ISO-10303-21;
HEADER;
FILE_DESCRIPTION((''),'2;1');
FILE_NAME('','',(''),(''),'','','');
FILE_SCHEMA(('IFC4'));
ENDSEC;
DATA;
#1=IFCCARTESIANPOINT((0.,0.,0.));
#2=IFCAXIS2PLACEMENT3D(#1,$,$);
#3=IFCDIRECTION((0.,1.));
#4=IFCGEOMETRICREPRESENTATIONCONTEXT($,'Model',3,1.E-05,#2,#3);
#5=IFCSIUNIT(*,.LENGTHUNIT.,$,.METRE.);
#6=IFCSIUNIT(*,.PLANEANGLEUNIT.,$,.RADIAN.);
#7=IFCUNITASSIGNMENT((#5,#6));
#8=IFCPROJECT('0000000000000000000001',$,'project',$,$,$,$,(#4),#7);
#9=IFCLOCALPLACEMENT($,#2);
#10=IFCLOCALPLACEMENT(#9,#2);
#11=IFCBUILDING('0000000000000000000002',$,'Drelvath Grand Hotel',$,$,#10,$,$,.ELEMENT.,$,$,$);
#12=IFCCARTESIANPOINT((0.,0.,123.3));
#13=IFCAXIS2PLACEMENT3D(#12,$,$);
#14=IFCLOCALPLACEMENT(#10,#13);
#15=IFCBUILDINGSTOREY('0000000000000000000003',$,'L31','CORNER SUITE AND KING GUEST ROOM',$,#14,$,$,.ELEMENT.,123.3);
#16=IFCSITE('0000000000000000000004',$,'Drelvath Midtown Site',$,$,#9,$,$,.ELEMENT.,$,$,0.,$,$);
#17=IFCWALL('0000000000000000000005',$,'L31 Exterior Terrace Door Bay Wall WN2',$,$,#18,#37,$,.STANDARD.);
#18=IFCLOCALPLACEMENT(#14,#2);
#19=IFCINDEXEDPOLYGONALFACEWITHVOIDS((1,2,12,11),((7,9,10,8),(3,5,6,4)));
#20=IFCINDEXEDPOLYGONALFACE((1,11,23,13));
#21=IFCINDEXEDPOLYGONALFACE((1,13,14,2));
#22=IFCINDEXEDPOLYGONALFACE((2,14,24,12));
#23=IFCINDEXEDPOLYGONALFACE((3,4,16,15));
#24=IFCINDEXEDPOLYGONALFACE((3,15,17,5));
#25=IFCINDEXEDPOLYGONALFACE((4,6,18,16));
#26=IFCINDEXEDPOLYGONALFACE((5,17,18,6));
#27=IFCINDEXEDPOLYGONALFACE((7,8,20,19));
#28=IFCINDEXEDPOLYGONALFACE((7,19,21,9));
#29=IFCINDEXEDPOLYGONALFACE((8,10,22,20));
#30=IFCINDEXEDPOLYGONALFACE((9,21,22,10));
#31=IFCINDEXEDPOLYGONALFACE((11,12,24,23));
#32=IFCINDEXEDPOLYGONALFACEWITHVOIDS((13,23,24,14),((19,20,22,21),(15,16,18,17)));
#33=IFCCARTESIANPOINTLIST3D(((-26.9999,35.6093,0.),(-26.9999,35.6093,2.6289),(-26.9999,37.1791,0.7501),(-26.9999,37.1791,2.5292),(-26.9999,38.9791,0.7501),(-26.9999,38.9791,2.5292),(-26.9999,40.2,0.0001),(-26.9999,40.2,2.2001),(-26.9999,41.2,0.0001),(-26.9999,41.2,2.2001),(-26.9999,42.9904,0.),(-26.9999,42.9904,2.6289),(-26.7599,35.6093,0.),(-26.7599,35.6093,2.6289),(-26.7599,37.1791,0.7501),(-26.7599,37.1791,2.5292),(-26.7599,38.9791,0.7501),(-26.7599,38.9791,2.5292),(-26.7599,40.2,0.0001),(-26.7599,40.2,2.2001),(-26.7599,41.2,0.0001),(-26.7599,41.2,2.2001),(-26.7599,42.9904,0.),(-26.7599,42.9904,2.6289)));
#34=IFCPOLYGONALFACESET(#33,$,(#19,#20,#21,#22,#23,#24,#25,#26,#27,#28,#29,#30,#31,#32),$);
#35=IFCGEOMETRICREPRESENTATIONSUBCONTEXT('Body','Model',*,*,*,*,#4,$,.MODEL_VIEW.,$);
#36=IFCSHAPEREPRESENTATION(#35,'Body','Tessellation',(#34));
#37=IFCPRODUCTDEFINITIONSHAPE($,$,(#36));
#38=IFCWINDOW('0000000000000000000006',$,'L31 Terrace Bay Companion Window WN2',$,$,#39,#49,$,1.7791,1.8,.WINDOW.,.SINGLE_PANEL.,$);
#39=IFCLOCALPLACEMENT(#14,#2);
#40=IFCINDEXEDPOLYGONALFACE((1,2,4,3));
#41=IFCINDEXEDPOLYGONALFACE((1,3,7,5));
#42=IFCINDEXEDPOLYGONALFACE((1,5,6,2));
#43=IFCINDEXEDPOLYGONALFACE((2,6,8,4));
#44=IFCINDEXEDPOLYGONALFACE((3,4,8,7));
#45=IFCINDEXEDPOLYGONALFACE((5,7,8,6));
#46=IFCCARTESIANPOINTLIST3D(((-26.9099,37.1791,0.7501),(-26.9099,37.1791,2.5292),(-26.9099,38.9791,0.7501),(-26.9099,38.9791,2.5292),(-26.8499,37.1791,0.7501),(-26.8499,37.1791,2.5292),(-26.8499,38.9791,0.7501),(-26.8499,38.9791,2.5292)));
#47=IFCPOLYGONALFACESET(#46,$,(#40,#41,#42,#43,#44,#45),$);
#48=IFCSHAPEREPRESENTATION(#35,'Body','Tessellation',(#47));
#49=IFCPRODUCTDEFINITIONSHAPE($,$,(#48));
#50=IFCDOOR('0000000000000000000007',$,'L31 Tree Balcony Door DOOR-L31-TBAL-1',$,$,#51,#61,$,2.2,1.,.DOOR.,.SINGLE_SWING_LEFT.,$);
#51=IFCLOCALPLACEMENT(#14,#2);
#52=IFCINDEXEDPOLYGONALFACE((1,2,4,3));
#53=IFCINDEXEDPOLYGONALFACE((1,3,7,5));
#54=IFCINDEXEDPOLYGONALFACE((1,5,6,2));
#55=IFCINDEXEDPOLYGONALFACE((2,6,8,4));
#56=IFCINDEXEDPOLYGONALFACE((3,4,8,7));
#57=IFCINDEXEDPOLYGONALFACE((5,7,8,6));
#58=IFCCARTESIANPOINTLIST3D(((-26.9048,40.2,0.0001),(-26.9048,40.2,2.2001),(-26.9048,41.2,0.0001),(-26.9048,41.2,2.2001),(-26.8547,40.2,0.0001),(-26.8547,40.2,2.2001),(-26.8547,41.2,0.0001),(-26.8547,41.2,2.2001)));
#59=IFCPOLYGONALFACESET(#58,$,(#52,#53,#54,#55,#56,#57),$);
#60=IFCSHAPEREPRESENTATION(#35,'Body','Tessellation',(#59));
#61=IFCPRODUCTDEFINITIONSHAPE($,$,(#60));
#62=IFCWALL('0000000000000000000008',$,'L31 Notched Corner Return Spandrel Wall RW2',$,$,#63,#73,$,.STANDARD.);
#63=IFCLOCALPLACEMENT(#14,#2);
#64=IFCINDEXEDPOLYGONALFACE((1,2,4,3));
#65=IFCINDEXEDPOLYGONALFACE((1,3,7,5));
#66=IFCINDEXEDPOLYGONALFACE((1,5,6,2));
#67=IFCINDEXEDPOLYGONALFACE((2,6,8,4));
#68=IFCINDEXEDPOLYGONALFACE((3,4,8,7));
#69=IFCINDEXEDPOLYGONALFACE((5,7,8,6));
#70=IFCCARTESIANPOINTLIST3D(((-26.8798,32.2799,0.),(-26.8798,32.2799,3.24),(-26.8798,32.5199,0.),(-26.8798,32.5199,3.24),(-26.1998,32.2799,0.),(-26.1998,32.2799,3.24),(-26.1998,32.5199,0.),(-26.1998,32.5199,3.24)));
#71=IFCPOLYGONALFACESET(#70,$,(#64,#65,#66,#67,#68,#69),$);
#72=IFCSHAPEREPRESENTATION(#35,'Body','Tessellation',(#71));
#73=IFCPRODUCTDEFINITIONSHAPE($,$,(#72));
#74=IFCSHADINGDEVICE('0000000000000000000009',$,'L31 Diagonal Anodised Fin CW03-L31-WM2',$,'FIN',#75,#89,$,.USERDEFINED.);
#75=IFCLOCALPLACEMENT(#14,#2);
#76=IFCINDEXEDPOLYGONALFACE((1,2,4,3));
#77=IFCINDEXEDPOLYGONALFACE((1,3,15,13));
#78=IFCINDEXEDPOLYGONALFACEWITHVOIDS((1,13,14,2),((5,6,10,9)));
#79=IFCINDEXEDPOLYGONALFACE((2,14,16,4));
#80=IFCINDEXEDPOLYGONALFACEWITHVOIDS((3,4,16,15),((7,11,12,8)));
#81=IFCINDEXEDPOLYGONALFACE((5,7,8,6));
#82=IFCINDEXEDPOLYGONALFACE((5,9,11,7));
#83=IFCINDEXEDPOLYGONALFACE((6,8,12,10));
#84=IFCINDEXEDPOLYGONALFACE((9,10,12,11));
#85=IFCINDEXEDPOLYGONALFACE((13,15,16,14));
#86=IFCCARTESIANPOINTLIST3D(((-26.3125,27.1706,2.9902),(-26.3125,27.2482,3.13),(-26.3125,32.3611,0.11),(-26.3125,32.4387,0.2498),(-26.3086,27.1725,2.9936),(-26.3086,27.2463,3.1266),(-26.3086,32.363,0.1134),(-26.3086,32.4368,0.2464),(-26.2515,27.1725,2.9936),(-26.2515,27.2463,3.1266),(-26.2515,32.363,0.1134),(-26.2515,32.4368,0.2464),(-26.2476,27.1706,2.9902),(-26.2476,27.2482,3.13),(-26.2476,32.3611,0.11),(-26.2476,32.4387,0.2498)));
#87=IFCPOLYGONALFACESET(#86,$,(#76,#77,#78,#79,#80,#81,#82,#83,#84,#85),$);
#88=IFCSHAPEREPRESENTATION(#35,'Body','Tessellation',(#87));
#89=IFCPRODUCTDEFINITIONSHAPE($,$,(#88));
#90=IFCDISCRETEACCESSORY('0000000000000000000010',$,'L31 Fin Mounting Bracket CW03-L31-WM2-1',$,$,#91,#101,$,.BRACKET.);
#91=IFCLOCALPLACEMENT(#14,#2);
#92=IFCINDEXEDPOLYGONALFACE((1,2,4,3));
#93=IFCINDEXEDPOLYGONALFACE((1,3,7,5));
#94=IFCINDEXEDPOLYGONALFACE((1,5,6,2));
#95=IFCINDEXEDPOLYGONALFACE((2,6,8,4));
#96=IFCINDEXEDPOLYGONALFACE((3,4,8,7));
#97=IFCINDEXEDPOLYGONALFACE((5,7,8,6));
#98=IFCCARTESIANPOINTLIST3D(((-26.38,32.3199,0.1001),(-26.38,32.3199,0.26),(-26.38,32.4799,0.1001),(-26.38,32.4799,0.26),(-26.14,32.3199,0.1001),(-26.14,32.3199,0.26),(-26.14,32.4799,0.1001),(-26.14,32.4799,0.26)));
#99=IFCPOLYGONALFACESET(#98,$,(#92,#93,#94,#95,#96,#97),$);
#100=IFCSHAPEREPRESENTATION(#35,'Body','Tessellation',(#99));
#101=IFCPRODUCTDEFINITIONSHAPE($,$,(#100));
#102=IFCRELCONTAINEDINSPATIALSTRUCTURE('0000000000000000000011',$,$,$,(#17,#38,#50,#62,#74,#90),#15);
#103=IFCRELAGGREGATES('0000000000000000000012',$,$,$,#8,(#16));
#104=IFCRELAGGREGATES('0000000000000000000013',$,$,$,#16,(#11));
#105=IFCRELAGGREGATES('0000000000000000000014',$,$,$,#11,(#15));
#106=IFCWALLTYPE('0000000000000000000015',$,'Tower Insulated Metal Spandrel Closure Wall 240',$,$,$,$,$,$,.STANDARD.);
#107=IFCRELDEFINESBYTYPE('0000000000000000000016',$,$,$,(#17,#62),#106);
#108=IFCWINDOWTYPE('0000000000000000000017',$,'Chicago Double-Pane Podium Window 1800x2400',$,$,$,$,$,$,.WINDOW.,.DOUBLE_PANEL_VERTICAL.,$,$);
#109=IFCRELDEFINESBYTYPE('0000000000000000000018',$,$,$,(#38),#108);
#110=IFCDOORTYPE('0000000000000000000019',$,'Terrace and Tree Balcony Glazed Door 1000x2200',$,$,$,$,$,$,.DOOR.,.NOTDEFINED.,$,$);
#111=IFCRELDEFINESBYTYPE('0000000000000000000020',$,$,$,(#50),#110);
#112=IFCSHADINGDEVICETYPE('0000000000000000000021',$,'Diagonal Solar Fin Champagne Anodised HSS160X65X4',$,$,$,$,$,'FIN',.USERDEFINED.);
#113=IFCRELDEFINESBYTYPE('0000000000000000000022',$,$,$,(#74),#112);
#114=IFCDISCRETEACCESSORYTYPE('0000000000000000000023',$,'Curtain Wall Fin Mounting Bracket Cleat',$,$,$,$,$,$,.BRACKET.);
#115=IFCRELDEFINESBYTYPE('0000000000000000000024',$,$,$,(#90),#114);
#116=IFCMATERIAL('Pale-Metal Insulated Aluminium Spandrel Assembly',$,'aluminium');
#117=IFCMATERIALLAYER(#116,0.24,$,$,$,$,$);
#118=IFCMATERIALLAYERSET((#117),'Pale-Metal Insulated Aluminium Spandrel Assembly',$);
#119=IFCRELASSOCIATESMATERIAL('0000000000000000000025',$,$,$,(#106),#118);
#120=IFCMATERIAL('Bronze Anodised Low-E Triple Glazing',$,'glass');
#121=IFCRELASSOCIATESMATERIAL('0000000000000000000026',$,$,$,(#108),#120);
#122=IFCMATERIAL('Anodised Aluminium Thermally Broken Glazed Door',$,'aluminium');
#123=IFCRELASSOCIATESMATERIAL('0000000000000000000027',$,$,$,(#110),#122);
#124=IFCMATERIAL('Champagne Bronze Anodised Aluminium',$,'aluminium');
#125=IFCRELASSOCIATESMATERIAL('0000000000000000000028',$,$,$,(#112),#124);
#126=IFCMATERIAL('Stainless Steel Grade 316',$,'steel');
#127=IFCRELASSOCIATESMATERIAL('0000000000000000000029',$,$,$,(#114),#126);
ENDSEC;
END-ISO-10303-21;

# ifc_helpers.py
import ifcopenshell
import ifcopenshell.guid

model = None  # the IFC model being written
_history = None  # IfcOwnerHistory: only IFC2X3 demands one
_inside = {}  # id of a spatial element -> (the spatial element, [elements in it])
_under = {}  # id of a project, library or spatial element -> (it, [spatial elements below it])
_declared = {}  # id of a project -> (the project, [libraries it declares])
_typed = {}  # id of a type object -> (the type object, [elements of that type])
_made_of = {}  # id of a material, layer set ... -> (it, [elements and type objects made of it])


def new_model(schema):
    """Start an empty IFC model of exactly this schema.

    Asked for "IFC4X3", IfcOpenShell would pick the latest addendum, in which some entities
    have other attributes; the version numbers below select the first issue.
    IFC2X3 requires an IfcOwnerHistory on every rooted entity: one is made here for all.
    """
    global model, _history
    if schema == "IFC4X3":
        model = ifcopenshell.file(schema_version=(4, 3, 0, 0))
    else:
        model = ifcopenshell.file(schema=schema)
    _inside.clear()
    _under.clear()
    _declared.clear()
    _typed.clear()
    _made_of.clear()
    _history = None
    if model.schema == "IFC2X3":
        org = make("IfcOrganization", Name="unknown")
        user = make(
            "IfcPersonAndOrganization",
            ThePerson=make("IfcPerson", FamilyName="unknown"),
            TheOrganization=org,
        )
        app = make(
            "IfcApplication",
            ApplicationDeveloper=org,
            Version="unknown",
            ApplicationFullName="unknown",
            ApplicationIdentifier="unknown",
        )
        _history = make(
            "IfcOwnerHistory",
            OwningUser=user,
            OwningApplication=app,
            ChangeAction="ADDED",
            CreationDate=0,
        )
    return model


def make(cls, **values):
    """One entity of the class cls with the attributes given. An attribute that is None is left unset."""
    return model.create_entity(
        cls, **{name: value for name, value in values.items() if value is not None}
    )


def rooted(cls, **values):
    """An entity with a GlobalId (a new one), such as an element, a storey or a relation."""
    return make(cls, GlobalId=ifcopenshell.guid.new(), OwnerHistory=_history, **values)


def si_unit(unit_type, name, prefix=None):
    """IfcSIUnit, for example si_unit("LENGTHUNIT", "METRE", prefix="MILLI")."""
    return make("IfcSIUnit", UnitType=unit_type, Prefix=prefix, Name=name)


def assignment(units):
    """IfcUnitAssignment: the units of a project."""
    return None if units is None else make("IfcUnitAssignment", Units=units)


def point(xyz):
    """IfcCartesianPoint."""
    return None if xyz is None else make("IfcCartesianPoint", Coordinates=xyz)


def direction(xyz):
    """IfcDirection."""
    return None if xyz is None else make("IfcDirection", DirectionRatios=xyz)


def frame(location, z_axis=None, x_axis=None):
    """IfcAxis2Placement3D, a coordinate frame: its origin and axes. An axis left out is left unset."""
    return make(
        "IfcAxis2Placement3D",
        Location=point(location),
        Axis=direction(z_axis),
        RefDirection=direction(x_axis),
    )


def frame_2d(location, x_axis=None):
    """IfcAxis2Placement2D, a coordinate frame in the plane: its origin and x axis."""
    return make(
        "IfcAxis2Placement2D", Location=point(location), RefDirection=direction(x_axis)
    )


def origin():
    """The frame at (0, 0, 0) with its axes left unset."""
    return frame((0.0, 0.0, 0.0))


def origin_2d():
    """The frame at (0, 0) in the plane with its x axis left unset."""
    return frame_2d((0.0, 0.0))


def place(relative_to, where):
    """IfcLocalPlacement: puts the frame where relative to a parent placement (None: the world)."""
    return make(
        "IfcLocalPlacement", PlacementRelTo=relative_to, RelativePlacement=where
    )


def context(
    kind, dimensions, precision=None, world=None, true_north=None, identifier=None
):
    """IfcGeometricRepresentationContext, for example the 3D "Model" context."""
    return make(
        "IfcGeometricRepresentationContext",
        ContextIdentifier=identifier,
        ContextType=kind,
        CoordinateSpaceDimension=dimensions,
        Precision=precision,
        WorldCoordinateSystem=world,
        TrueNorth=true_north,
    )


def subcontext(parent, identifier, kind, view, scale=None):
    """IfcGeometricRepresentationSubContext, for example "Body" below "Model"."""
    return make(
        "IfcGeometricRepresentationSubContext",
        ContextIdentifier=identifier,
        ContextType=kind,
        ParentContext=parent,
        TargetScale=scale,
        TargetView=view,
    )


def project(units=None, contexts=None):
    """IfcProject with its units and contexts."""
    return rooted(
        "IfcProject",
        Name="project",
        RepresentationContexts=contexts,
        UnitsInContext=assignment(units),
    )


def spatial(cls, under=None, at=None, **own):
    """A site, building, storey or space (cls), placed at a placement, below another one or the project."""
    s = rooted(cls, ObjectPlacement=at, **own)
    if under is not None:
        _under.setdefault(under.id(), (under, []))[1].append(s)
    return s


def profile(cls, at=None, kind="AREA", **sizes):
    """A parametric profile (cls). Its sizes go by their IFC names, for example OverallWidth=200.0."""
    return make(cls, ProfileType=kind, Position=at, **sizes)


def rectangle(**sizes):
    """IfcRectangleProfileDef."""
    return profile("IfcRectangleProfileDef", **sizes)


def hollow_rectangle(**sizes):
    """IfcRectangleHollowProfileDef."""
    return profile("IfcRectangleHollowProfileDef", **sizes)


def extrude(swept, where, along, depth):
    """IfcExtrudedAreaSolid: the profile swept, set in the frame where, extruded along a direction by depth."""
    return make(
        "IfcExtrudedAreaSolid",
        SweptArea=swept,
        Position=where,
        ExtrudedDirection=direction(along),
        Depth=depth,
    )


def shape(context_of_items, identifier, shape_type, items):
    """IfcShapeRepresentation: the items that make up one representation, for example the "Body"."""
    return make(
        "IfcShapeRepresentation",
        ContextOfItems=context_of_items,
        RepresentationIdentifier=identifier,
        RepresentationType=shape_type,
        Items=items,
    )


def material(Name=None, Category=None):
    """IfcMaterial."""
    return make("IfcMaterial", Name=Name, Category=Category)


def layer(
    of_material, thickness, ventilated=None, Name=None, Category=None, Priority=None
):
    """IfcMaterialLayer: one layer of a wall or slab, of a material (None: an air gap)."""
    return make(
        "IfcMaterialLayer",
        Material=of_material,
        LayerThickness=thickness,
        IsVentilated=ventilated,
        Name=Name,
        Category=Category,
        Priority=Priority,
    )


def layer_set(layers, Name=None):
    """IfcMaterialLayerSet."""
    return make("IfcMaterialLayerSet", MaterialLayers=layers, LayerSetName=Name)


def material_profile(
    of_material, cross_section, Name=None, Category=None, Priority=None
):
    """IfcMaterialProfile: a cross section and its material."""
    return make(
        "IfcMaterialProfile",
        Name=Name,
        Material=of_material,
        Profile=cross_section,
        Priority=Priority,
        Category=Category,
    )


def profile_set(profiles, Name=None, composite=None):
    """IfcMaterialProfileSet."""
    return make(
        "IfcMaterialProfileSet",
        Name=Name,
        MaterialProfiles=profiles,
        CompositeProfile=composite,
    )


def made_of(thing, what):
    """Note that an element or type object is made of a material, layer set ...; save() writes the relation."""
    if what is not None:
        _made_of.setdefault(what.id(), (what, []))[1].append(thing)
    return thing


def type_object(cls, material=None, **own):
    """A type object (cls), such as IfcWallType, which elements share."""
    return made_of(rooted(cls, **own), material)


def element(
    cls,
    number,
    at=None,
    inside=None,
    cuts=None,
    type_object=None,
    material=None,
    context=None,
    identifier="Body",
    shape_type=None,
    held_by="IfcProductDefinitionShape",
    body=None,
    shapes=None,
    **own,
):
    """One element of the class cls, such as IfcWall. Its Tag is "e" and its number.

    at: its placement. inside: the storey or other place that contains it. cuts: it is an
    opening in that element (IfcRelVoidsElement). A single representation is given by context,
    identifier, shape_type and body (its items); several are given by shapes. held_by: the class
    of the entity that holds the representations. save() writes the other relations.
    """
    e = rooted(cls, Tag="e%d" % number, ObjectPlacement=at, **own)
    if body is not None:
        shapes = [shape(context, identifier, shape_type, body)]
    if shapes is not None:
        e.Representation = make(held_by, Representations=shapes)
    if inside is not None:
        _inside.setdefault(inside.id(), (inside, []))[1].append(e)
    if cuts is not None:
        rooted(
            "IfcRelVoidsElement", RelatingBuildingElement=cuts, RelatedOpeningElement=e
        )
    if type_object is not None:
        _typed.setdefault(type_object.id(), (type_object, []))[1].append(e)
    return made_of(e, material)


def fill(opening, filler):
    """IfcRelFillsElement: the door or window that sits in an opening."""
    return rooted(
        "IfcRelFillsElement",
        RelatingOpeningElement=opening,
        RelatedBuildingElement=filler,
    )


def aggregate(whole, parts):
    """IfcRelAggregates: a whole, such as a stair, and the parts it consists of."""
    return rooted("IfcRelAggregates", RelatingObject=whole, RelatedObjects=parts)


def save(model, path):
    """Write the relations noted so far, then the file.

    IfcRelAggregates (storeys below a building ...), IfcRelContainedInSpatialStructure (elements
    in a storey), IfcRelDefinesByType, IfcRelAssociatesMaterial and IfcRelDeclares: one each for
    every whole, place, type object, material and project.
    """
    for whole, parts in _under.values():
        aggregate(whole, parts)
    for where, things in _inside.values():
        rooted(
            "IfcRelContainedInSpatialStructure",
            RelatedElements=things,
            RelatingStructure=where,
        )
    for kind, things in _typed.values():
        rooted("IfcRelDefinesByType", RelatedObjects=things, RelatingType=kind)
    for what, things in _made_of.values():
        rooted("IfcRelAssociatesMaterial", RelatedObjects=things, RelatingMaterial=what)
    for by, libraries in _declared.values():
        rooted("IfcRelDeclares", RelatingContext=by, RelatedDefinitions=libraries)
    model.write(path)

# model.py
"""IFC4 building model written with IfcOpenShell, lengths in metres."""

from ifc_helpers import new_model, si_unit, direction, frame, frame_2d, origin, origin_2d, place, context, subcontext, project, spatial, rectangle, hollow_rectangle, extrude, material, layer, layer_set, material_profile, profile_set, type_object, element, fill, save


model = new_model("IFC4")

# Units and contexts
model_context = context("Model", 3, precision=1e-05, world=origin(), true_north=direction((0.0, 1.0)))
body_context = subcontext(model_context, "Body", "Model", "MODEL_VIEW")
ifc_project = project(units=[si_unit("LENGTHUNIT", "METRE"), si_unit("PLANEANGLEUNIT", "RADIAN")], contexts=[model_context])

# Site, building, storey
site_placement = place(None, origin())
site = spatial("IfcSite", under=ifc_project, at=site_placement, Name="Drelvath Midtown Site", CompositionType="ELEMENT", RefElevation=0.0)
building_placement = place(site_placement, origin())
building = spatial("IfcBuilding", under=site, at=building_placement, Name="Drelvath Grand Hotel", CompositionType="ELEMENT")
storey_placement = place(building_placement, frame((0.0, 0.0, 123.3)))
storey = spatial("IfcBuildingStorey", under=building, at=storey_placement, Name="L31", Description="CORNER SUITE AND KING GUEST ROOM", CompositionType="ELEMENT", Elevation=123.3)

# Wall, openings, window, door
ifc_material_1 = material(Name="Pale-Metal Insulated Aluminium Spandrel Assembly", Category="aluminium")
ifc_layer_1 = layer(ifc_material_1, 0.24)
ifc_layer_set_1 = layer_set([ifc_layer_1], Name="Pale-Metal Insulated Aluminium Spandrel Assembly")
wall_type_1 = type_object("IfcWallType", Name="Tower Insulated Metal Spandrel Closure Wall 240", PredefinedType="STANDARD", material=ifc_layer_set_1)
wall_1_placement = place(storey_placement, frame((-26.8799, 35.6094, 0.0), z_axis=(0.0, 0.0, 1.0), x_axis=(0.0, 1.0, 0.0)))
wall_1 = element("IfcWall", 1, at=wall_1_placement, inside=storey, type_object=wall_type_1, Name="L31 Exterior Terrace Door Bay Wall WN2", PredefinedType="STANDARD", context=body_context, shape_type="SweptSolid", body=[
    extrude(rectangle(XDim=7.3811, YDim=0.24, at=frame_2d((3.6904, 0.0))), origin(), (0.0, 0.0, 1.0), 2.6289),
])
opening_1_placement = place(wall_1_placement, frame((4.5906, 0.0, 0.0)))
opening_1 = element("IfcOpeningElement", 2, at=opening_1_placement, cuts=wall_1, PredefinedType="OPENING", context=body_context, shape_type="SweptSolid", body=[
    extrude(rectangle(XDim=1.0, YDim=2.2, at=frame_2d((0.5, 1.1001))), frame((0.0, 0.1299, 0.0), z_axis=(0.0, -1.0, 0.0), x_axis=(1.0, 0.0, 0.0)), (0.0, 0.0, 1.0), 0.26),
])
opening_2_placement = place(wall_1_placement, frame((1.5698, 0.0, 0.75)))
opening_2 = element("IfcOpeningElement", 3, at=opening_2_placement, cuts=wall_1, PredefinedType="OPENING", context=body_context, shape_type="SweptSolid", body=[
    extrude(rectangle(XDim=1.8, YDim=1.7791, at=frame_2d((0.8999, 0.8896))), frame((0.0, 0.1299, 0.0), z_axis=(0.0, -1.0, 0.0), x_axis=(1.0, 0.0, 0.0)), (0.0, 0.0, 1.0), 0.26),
])
ifc_material_2 = material(Name="Bronze Anodised Low-E Triple Glazing", Category="glass")
window_type = type_object("IfcWindowType", Name="Chicago Double-Pane Podium Window 1800x2400", PartitioningType="DOUBLE_PANEL_VERTICAL", PredefinedType="WINDOW", material=ifc_material_2)
window_placement = place(opening_2_placement, origin())
window = element("IfcWindow", 4, at=window_placement, inside=storey, type_object=window_type, Name="L31 Terrace Bay Companion Window WN2", OverallHeight=1.7791, OverallWidth=1.8, PartitioningType="SINGLE_PANEL", PredefinedType="WINDOW", context=body_context, shape_type="SweptSolid", body=[
    extrude(rectangle(XDim=1.8, YDim=1.7791, at=frame_2d((0.8999, 0.8896))), frame((0.0, 0.03, 0.0), z_axis=(0.0, -1.0, 0.0), x_axis=(1.0, 0.0, 0.0)), (0.0, 0.0, 1.0), 0.0601),
])
fill(opening_2, window)
ifc_material_3 = material(Name="Anodised Aluminium Thermally Broken Glazed Door", Category="aluminium")
door_type = type_object("IfcDoorType", Name="Terrace and Tree Balcony Glazed Door 1000x2200", OperationType="NOTDEFINED", PredefinedType="DOOR", material=ifc_material_3)
door_placement = place(opening_1_placement, origin())
door = element("IfcDoor", 5, at=door_placement, inside=storey, type_object=door_type, Name="L31 Tree Balcony Door DOOR-L31-TBAL-1", OperationType="SINGLE_SWING_LEFT", OverallHeight=2.2, OverallWidth=1.0, PredefinedType="DOOR", context=body_context, shape_type="SweptSolid", body=[
    extrude(rectangle(XDim=1.0, YDim=2.2, at=frame_2d((0.5, 1.1001))), frame((0.0, 0.0249, 0.0), z_axis=(0.0, -1.0, 0.0), x_axis=(1.0, 0.0, 0.0)), (0.0, 0.0, 1.0), 0.05),
])
fill(opening_1, door)

# Wall
wall_2_placement = place(storey_placement, frame((-26.2, 32.3999, 0.0), z_axis=(0.0, 0.0, 1.0), x_axis=(-1.0, 0.0, 0.0)))
element("IfcWall", 6, at=wall_2_placement, inside=storey, type_object=wall_type_1, Name="L31 Notched Corner Return Spandrel Wall RW2", PredefinedType="STANDARD", context=body_context, shape_type="SweptSolid", body=[
    extrude(rectangle(XDim=0.6799, YDim=0.24, at=frame_2d((0.3398, 0.0))), origin(), (0.0, 0.0, 1.0), 3.24),
])

# Shading device
ifc_material_4 = material(Name="Champagne Bronze Anodised Aluminium", Category="aluminium")
ifc_material_profile_1 = material_profile(ifc_material_4, hollow_rectangle(XDim=0.0649, YDim=0.1599, WallThickness=0.0039, at=origin_2d()), Name="HSS160X65X4")
ifc_profile_set_1 = profile_set([ifc_material_profile_1], Name="Champagne Bronze Anodised Aluminium")
shading_device_type = type_object("IfcShadingDeviceType", Name="Diagonal Solar Fin Champagne Anodised HSS160X65X4", ElementType="FIN", PredefinedType="USERDEFINED", material=ifc_profile_set_1)
shading_device_placement = place(storey_placement, frame((-26.28, 32.3999, 0.1799), z_axis=(0.0, -0.874404, 0.485199), x_axis=(1.0, 0.0, 0.0)))
element("IfcShadingDevice", 7, at=shading_device_placement, inside=storey, type_object=shading_device_type, Name="L31 Diagonal Anodised Fin CW03-L31-WM2", ObjectType="FIN", PredefinedType="USERDEFINED", context=body_context, shape_type="SweptSolid", body=[
    extrude(hollow_rectangle(XDim=0.0649, YDim=0.1599, WallThickness=0.0039, at=origin_2d()), origin(), (0.0, 0.0, 1.0), 5.936),
])

# Discrete accessory
ifc_material_5 = material(Name="Stainless Steel Grade 316", Category="steel")
discrete_accessory_type = type_object("IfcDiscreteAccessoryType", Name="Curtain Wall Fin Mounting Bracket Cleat", PredefinedType="BRACKET", material=ifc_material_5)
discrete_accessory_placement = place(storey_placement, frame((-26.26, 32.3999, 0.1001), z_axis=(0.0, 0.0, 1.0), x_axis=(0.0, 1.0, 0.0)))
element("IfcDiscreteAccessory", 8, at=discrete_accessory_placement, inside=storey, type_object=discrete_accessory_type, Name="L31 Fin Mounting Bracket CW03-L31-WM2-1", PredefinedType="BRACKET", context=body_context, shape_type="SweptSolid", body=[
    extrude(rectangle(XDim=0.1599, YDim=0.24, at=origin_2d()), origin(), (0.0, 0.0, 1.0), 0.1599),
])

save(model, "model.ifc")
